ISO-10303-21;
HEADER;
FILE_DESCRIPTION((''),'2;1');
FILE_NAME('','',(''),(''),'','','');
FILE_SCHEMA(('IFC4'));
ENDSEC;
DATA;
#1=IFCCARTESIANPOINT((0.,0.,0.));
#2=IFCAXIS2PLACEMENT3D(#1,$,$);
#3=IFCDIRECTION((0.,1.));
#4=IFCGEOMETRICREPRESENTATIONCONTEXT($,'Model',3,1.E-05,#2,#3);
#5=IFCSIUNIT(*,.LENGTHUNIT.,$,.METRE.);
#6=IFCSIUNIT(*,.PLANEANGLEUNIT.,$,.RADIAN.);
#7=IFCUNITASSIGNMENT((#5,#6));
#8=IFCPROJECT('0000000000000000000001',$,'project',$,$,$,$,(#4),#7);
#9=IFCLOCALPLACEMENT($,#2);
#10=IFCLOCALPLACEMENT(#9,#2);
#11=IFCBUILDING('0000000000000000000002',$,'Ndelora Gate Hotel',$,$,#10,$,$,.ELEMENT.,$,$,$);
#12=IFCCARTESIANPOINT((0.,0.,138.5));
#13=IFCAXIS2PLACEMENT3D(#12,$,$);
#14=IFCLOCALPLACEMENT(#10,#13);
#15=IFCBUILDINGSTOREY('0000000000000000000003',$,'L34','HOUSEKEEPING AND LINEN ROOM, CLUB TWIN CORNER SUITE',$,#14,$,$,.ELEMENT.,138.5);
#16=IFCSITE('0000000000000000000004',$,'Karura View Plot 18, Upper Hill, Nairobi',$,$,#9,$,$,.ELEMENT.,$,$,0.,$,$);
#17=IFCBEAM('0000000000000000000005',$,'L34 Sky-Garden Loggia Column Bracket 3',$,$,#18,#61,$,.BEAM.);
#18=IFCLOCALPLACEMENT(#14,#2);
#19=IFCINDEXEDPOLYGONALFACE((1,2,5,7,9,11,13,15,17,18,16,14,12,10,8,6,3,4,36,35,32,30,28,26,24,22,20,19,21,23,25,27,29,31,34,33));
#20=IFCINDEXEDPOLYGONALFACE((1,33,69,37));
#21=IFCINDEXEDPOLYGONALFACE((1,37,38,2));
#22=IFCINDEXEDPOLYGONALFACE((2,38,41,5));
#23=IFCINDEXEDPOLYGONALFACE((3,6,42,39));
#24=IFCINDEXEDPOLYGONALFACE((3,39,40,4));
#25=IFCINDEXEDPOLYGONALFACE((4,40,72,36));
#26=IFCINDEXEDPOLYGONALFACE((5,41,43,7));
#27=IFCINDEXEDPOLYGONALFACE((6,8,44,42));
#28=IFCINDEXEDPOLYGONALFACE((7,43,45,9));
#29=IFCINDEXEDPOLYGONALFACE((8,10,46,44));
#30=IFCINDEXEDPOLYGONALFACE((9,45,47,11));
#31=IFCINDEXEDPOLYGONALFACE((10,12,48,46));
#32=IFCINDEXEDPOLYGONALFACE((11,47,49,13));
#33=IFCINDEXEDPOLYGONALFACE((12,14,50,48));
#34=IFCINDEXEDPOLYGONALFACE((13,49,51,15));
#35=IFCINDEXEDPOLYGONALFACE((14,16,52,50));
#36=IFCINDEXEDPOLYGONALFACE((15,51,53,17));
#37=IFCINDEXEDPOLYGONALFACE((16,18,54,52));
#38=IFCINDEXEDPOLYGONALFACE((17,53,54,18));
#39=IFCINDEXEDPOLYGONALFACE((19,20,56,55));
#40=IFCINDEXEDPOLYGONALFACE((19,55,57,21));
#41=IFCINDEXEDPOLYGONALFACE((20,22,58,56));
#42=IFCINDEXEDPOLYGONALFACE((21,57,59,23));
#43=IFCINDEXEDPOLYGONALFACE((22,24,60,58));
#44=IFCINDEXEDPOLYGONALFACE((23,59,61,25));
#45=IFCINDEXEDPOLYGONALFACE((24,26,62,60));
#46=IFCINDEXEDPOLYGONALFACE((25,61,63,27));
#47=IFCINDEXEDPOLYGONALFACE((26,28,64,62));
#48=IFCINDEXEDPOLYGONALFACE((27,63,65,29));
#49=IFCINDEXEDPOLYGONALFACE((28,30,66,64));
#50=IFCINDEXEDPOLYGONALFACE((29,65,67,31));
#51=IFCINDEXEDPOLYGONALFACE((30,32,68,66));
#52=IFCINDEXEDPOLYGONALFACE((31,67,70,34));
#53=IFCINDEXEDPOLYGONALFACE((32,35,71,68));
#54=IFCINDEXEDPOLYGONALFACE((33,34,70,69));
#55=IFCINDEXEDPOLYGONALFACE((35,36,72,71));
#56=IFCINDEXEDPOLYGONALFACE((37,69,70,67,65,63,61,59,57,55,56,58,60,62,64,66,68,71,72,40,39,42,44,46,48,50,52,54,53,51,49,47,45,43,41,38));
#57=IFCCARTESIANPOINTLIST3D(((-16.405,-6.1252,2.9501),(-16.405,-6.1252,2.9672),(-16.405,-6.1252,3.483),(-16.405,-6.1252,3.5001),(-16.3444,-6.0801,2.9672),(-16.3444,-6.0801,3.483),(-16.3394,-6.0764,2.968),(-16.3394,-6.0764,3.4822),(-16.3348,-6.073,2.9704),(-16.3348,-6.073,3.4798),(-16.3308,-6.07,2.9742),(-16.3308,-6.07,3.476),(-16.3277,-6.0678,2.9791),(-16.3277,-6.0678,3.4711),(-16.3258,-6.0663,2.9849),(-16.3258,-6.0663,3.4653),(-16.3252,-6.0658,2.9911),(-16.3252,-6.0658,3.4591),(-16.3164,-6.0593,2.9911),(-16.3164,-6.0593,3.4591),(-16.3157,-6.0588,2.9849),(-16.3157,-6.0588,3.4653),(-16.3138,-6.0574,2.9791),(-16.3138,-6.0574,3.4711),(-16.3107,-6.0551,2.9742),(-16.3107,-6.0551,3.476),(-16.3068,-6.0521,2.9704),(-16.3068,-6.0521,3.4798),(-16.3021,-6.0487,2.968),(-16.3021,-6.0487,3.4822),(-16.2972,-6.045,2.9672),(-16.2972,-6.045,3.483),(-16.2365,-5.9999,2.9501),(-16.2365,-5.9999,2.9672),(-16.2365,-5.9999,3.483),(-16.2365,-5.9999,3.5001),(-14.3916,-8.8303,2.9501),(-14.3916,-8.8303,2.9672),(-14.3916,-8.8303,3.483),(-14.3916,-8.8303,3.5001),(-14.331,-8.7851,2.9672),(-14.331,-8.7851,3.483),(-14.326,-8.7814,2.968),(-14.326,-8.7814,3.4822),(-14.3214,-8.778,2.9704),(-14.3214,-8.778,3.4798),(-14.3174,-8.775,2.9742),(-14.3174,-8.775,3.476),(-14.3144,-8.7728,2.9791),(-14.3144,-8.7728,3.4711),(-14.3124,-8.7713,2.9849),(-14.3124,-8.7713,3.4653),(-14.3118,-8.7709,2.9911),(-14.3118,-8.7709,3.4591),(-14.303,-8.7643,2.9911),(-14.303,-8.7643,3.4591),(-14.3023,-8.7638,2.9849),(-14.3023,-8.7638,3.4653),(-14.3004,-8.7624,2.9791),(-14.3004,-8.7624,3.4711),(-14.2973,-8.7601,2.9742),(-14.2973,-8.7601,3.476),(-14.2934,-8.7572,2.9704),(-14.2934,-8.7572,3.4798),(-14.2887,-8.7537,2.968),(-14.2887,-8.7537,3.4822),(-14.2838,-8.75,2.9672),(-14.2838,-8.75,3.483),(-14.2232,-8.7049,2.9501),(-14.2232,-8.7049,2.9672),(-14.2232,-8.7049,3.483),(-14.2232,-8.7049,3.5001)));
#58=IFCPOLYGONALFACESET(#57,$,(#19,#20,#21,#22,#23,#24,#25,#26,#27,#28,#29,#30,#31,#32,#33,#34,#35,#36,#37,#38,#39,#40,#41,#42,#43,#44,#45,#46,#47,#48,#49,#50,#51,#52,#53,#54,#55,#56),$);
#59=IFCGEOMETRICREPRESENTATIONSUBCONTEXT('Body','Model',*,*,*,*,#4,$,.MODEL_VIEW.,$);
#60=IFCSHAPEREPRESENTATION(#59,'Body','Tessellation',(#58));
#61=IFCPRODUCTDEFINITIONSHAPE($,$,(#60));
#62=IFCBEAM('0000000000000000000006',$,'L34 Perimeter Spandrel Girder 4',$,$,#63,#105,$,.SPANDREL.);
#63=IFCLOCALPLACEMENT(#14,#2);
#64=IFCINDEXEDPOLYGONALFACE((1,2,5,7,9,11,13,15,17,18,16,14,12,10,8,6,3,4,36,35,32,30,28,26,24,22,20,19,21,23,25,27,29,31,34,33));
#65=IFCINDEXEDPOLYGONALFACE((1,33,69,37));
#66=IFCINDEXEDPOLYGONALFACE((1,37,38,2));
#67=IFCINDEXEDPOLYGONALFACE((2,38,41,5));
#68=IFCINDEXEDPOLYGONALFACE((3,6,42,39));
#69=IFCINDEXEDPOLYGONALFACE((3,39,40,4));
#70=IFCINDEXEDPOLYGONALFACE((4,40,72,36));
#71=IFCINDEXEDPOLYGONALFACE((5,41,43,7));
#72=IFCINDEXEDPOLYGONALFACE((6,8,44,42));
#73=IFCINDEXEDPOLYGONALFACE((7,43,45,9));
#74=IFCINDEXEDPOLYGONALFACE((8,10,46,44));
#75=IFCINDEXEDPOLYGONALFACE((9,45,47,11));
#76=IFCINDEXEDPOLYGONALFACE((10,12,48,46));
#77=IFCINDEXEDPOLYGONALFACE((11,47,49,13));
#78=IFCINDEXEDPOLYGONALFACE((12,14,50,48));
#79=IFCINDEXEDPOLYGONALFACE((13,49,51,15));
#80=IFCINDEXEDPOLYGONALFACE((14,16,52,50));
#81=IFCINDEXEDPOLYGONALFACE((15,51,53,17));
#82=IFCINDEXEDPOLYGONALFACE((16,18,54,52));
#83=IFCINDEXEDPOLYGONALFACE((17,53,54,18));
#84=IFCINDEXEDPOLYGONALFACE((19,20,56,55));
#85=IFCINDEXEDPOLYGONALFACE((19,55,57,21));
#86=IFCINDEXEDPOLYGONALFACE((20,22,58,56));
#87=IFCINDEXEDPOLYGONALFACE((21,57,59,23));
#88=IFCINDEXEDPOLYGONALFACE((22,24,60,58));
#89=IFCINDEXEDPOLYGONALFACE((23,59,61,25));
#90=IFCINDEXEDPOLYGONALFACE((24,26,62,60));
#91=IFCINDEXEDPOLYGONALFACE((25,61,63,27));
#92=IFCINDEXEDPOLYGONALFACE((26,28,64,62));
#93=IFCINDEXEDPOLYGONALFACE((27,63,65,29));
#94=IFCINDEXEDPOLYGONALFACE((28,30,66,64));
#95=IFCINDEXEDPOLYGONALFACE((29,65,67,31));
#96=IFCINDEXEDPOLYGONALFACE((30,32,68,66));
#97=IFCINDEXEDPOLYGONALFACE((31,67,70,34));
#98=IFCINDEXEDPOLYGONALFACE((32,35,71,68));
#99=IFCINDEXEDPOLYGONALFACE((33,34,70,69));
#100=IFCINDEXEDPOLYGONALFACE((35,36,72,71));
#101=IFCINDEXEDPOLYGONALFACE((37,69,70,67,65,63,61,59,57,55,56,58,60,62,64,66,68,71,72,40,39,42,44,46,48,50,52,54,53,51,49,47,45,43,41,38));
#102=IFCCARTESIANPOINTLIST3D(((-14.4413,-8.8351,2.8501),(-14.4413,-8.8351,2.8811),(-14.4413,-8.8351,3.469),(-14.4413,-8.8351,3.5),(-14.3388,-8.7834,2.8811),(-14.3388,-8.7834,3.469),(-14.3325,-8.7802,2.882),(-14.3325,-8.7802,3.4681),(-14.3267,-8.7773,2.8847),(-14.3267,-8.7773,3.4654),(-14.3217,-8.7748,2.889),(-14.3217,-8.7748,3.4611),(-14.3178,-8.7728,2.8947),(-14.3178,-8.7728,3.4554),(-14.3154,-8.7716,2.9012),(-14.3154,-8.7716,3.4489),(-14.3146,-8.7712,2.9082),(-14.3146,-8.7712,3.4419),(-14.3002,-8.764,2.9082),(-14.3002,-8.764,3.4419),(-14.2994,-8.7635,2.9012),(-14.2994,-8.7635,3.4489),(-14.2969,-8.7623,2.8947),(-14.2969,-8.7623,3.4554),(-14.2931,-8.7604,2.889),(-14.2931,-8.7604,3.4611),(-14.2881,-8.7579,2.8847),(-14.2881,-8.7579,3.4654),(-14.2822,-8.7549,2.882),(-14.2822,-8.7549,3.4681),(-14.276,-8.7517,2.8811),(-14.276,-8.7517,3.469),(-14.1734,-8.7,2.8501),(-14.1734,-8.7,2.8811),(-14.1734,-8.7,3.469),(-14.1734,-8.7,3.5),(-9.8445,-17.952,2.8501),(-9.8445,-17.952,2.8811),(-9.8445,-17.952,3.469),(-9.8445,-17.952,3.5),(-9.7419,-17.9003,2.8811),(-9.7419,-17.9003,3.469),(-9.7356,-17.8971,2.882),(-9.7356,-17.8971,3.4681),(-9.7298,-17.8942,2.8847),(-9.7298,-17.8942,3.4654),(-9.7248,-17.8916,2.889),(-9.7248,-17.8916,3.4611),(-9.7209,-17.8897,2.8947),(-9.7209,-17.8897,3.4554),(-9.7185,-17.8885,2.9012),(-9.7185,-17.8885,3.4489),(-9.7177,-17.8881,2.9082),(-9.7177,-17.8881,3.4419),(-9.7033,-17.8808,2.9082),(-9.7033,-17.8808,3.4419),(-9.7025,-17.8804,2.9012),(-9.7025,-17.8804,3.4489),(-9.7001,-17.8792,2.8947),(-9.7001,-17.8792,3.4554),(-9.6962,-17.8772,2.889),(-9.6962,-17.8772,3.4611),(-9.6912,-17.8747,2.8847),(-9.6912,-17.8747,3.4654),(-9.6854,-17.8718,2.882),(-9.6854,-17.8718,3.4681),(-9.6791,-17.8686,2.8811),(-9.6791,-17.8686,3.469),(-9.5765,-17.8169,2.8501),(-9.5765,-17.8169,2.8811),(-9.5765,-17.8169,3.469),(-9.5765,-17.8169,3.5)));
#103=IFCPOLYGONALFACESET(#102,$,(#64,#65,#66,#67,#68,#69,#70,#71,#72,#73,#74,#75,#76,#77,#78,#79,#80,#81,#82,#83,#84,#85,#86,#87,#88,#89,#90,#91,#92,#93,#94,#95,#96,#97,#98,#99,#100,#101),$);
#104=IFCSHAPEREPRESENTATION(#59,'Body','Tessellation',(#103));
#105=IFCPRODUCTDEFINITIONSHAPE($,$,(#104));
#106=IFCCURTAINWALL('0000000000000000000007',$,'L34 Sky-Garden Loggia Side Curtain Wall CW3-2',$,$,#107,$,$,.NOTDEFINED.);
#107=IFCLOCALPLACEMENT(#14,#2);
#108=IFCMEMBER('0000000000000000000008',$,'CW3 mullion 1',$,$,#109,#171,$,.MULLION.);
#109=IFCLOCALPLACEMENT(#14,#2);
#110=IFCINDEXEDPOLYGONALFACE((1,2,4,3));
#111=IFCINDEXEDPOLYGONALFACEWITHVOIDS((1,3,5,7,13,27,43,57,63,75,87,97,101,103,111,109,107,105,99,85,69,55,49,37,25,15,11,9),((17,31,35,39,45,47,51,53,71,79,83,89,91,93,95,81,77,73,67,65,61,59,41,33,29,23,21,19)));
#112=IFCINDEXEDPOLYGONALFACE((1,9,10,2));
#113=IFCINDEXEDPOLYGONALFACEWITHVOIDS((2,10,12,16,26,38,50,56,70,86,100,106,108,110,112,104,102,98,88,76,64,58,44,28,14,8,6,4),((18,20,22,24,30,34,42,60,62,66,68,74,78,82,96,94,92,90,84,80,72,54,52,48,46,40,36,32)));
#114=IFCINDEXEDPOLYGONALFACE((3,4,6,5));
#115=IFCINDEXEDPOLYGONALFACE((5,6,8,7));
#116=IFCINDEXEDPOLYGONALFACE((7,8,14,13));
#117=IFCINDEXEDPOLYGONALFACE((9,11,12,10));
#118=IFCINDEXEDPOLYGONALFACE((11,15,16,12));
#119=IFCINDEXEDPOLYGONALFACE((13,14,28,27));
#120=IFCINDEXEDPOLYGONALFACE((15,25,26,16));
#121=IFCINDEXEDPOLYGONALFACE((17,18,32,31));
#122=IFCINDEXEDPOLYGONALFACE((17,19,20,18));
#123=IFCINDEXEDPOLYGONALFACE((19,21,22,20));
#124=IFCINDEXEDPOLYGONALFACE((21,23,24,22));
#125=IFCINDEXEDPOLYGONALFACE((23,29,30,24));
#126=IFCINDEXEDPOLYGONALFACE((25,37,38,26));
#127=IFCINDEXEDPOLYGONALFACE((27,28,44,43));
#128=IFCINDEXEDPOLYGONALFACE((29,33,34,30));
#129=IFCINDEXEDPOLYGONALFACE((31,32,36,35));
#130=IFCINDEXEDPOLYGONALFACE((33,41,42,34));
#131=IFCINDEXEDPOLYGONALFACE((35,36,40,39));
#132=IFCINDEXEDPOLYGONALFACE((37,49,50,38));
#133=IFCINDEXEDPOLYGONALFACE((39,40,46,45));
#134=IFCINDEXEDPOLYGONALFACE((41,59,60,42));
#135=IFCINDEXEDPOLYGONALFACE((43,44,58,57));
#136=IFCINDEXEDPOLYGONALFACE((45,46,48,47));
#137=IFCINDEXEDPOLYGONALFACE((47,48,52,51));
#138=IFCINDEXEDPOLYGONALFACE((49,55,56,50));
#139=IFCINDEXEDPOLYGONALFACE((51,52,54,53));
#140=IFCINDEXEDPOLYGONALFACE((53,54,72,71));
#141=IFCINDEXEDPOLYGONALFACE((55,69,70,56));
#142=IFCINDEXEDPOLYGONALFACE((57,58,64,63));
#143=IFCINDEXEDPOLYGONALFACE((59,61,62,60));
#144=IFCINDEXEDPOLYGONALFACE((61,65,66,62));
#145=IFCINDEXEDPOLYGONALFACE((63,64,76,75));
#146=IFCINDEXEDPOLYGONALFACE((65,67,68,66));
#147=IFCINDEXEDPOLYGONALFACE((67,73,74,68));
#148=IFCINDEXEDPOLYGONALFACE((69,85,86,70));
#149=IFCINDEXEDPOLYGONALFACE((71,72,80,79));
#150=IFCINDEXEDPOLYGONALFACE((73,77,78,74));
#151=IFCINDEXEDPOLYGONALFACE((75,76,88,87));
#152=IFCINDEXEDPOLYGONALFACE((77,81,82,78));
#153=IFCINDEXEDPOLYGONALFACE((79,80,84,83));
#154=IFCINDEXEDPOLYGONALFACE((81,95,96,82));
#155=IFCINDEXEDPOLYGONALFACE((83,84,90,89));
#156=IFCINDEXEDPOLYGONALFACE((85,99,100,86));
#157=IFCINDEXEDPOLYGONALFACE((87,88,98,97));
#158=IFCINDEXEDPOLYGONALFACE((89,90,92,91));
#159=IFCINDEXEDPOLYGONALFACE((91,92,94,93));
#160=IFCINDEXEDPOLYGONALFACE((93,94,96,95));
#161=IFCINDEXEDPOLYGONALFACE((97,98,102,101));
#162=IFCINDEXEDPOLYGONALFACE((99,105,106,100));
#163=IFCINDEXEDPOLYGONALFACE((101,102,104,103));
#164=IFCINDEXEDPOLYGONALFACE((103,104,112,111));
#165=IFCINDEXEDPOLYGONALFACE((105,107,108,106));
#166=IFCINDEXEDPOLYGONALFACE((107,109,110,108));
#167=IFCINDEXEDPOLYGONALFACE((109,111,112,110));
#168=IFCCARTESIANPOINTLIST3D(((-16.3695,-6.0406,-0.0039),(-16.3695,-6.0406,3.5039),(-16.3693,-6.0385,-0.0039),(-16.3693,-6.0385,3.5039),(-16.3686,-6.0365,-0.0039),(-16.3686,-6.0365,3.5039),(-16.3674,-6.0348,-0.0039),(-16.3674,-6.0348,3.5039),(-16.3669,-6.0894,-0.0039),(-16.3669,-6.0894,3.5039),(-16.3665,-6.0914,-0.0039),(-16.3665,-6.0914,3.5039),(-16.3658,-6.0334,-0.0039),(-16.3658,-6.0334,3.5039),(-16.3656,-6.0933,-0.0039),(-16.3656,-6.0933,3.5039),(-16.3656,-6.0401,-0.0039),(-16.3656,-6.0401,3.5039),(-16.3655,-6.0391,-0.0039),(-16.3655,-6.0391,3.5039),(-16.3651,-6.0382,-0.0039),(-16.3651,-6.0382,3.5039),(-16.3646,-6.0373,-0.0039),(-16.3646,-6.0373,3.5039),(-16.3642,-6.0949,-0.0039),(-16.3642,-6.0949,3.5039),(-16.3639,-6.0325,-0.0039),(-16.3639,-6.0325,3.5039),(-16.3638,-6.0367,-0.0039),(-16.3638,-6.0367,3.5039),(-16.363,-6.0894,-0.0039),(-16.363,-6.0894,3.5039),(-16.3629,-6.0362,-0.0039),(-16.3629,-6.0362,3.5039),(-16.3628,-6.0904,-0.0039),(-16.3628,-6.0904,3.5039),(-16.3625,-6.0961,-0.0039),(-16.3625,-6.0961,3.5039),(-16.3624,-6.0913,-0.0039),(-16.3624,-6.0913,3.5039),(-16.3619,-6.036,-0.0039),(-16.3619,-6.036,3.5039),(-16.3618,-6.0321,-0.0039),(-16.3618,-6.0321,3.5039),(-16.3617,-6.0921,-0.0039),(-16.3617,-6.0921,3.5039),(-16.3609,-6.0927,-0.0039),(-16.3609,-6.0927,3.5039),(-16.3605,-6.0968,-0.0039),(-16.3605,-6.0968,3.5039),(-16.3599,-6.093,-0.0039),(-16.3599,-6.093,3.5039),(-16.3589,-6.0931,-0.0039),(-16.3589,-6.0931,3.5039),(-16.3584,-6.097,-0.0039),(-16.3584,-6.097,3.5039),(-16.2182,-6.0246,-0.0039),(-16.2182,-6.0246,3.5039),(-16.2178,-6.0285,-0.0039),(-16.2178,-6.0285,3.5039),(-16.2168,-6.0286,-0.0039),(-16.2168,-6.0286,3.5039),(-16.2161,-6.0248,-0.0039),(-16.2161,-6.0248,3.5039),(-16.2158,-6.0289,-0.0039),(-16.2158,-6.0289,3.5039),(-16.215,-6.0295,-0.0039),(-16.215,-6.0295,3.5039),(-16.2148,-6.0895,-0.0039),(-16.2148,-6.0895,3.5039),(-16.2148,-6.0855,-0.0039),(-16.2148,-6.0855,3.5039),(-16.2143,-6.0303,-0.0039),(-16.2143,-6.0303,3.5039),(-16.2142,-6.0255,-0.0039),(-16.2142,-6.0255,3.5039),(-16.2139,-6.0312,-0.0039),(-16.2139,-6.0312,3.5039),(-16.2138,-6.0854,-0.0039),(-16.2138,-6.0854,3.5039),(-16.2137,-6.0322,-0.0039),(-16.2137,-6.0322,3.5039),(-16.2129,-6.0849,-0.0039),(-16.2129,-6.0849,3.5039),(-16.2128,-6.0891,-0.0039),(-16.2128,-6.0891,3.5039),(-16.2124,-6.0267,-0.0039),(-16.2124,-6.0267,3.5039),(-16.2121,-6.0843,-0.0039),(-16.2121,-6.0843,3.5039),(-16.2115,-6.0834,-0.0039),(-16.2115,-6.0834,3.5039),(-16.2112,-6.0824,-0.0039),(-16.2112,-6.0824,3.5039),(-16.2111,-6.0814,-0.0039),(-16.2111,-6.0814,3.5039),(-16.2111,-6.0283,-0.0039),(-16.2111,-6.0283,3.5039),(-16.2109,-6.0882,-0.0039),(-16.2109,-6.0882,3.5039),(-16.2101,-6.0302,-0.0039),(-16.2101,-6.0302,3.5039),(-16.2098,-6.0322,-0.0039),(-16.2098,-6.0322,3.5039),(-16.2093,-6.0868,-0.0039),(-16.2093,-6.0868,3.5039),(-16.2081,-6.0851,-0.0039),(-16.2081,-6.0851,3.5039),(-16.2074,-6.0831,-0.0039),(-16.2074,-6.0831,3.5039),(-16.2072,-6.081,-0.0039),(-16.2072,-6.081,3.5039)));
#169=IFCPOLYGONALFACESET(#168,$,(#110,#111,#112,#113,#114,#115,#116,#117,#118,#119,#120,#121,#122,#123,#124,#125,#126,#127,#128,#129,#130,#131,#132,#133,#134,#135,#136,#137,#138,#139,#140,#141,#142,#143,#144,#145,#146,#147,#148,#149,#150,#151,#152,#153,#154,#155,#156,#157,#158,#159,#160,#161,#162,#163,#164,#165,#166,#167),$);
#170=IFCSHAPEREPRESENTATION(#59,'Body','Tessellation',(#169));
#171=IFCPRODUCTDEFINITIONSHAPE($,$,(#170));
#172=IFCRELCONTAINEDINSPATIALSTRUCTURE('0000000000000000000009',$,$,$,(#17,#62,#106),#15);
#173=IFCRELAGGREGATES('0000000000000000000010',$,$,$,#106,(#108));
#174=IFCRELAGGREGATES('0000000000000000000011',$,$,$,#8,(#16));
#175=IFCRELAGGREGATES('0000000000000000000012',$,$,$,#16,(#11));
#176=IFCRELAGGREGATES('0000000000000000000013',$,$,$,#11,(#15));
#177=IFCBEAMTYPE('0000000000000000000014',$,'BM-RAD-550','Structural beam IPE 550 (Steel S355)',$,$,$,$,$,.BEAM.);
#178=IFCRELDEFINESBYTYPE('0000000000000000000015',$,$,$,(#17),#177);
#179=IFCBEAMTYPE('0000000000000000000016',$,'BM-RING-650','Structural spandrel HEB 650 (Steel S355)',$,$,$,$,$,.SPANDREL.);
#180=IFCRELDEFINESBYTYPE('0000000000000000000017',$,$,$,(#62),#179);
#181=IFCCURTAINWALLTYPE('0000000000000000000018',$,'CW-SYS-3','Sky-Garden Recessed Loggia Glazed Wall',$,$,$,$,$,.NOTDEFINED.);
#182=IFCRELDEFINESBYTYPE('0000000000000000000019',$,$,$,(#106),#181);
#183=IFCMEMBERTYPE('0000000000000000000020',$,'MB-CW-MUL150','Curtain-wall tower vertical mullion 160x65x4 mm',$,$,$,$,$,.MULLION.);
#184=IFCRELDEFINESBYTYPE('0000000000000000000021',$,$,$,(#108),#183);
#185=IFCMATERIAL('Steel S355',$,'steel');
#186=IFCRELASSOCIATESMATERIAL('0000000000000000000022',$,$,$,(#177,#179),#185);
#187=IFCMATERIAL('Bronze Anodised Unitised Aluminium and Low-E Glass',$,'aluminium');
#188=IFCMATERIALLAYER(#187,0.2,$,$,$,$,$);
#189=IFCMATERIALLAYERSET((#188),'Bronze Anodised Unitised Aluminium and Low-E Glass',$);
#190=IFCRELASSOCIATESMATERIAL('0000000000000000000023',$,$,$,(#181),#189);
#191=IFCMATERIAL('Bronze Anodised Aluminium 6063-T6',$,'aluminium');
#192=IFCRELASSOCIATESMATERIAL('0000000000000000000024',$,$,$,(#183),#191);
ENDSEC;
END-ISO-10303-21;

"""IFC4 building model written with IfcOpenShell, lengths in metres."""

from ifc_helpers import new_model, si_unit, direction, frame, origin, origin_2d, place, context, subcontext, project, spatial, hollow_rectangle, i_section, extrude, material, layer, layer_set, material_profile, profile_set, type_object, element, aggregate, save


model = new_model("IFC4")

# Units and contexts
model_context = context("Model", 3, precision=1e-05, world=origin(), true_north=direction((0.0, 1.0)))
body_context = subcontext(model_context, "Body", "Model", "MODEL_VIEW")
ifc_project = project(units=[si_unit("LENGTHUNIT", "METRE"), si_unit("PLANEANGLEUNIT", "RADIAN")], contexts=[model_context])

# Site, building, storey
site_placement = place(None, origin())
site = spatial("IfcSite", under=ifc_project, at=site_placement, Name="Karura View Plot 18, Upper Hill, Nairobi", CompositionType="ELEMENT", RefElevation=0.0)
building_placement = place(site_placement, origin())
building = spatial("IfcBuilding", under=site, at=building_placement, Name="Ndelora Gate Hotel", CompositionType="ELEMENT")
storey_placement = place(building_placement, frame((0.0, 0.0, 138.5)))
storey = spatial("IfcBuildingStorey", under=building, at=storey_placement, Name="L34", Description="HOUSEKEEPING AND LINEN ROOM, CLUB TWIN CORNER SUITE", CompositionType="ELEMENT", Elevation=138.5)

# Beams
ifc_material_1 = material(Name="Steel S355", Category="steel")
ifc_material_profile_1 = material_profile(ifc_material_1, i_section(OverallWidth=0.21, OverallDepth=0.55, WebThickness=0.011, FlangeThickness=0.0171, FilletRadius=0.0239, at=origin_2d()), Name="IPE 550")
ifc_profile_set_1 = profile_set([ifc_material_profile_1], Name="Steel S355")
beam_type_1 = type_object("IfcBeamType", Name="BM-RAD-550", Description="Structural beam IPE 550 (Steel S355)", PredefinedType="BEAM", material=ifc_profile_set_1)
beam_1_placement = place(storey_placement, frame((-14.3074, -8.7676, 3.2251), z_axis=(-0.597077, 0.802184, 0.0), x_axis=(-0.802184, -0.597077, 0.0)))
element("IfcBeam", 1, at=beam_1_placement, inside=storey, type_object=beam_type_1, Name="L34 Sky-Garden Loggia Column Bracket 3", PredefinedType="BEAM", context=body_context, shape_type="SweptSolid", body=[
    extrude(i_section(OverallWidth=0.21, OverallDepth=0.55, WebThickness=0.011, FlangeThickness=0.0171, FilletRadius=0.0239, at=origin_2d()), origin(), (0.0, 0.0, 1.0), 3.3721),
])
ifc_material_profile_2 = material_profile(ifc_material_1, i_section(OverallWidth=0.3, OverallDepth=0.6499, WebThickness=0.0161, FlangeThickness=0.031, FilletRadius=0.0271, at=origin_2d()), Name="HEB 650")
ifc_profile_set_2 = profile_set([ifc_material_profile_2], Name="Steel S355")
beam_type_2 = type_object("IfcBeamType", Name="BM-RING-650", Description="Structural spandrel HEB 650 (Steel S355)", PredefinedType="SPANDREL", material=ifc_profile_set_2)
beam_2_placement = place(storey_placement, frame((-14.3074, -8.7676, 3.175), z_axis=(0.450224, -0.892916, 0.0), x_axis=(0.892916, 0.450224, 0.0)))
element("IfcBeam", 2, at=beam_2_placement, inside=storey, type_object=beam_type_2, Name="L34 Perimeter Spandrel Girder 4", PredefinedType="SPANDREL", context=body_context, shape_type="SweptSolid", body=[
    extrude(i_section(OverallWidth=0.3, OverallDepth=0.6499, WebThickness=0.0161, FlangeThickness=0.031, FilletRadius=0.0271, at=origin_2d()), origin(), (0.0, 0.0, 1.0), 10.2102),
])

# Curtain wall, member
ifc_material_2 = material(Name="Bronze Anodised Unitised Aluminium and Low-E Glass", Category="aluminium")
ifc_layer_1 = layer(ifc_material_2, 0.2)
ifc_layer_set_1 = layer_set([ifc_layer_1], Name="Bronze Anodised Unitised Aluminium and Low-E Glass")
curtain_wall_type = type_object("IfcCurtainWallType", Name="CW-SYS-3", Description="Sky-Garden Recessed Loggia Glazed Wall", PredefinedType="NOTDEFINED", material=ifc_layer_set_1)
curtain_wall_placement = place(storey_placement, origin())
curtain_wall = element("IfcCurtainWall", 3, at=curtain_wall_placement, inside=storey, type_object=curtain_wall_type, Name="L34 Sky-Garden Loggia Side Curtain Wall CW3-2", PredefinedType="NOTDEFINED")
ifc_material_3 = material(Name="Bronze Anodised Aluminium 6063-T6", Category="aluminium")
ifc_material_profile_3 = material_profile(ifc_material_3, hollow_rectangle(XDim=0.0649, YDim=0.1599, WallThickness=0.0039, InnerFilletRadius=0.0039, OuterFilletRadius=0.0081, at=origin_2d()), Name="ALU 160x65x4")
ifc_profile_set_3 = profile_set([ifc_material_profile_3], Name="Bronze Anodised Aluminium 6063-T6")
member_type_1 = type_object("IfcMemberType", Name="MB-CW-MUL150", Description="Curtain-wall tower vertical mullion 160x65x4 mm", PredefinedType="MULLION", material=ifc_profile_set_3)
member_1_placement = place(storey_placement, frame((-16.2883, -6.0608, -0.0039), z_axis=(0.0, 0.0, 1.0), x_axis=(-0.052363, 0.998628, 0.0)))
member_1 = element("IfcMember", 4, at=member_1_placement, type_object=member_type_1, Name="CW3 mullion 1", PredefinedType="MULLION", context=body_context, shape_type="SweptSolid", body=[
    extrude(hollow_rectangle(XDim=0.0649, YDim=0.1599, WallThickness=0.0039, InnerFilletRadius=0.0039, OuterFilletRadius=0.0081, at=origin_2d()), origin(), (0.0, 0.0, 1.0), 3.5078),
])
aggregate(curtain_wall, [member_1])

save(model, "model.ifc")
